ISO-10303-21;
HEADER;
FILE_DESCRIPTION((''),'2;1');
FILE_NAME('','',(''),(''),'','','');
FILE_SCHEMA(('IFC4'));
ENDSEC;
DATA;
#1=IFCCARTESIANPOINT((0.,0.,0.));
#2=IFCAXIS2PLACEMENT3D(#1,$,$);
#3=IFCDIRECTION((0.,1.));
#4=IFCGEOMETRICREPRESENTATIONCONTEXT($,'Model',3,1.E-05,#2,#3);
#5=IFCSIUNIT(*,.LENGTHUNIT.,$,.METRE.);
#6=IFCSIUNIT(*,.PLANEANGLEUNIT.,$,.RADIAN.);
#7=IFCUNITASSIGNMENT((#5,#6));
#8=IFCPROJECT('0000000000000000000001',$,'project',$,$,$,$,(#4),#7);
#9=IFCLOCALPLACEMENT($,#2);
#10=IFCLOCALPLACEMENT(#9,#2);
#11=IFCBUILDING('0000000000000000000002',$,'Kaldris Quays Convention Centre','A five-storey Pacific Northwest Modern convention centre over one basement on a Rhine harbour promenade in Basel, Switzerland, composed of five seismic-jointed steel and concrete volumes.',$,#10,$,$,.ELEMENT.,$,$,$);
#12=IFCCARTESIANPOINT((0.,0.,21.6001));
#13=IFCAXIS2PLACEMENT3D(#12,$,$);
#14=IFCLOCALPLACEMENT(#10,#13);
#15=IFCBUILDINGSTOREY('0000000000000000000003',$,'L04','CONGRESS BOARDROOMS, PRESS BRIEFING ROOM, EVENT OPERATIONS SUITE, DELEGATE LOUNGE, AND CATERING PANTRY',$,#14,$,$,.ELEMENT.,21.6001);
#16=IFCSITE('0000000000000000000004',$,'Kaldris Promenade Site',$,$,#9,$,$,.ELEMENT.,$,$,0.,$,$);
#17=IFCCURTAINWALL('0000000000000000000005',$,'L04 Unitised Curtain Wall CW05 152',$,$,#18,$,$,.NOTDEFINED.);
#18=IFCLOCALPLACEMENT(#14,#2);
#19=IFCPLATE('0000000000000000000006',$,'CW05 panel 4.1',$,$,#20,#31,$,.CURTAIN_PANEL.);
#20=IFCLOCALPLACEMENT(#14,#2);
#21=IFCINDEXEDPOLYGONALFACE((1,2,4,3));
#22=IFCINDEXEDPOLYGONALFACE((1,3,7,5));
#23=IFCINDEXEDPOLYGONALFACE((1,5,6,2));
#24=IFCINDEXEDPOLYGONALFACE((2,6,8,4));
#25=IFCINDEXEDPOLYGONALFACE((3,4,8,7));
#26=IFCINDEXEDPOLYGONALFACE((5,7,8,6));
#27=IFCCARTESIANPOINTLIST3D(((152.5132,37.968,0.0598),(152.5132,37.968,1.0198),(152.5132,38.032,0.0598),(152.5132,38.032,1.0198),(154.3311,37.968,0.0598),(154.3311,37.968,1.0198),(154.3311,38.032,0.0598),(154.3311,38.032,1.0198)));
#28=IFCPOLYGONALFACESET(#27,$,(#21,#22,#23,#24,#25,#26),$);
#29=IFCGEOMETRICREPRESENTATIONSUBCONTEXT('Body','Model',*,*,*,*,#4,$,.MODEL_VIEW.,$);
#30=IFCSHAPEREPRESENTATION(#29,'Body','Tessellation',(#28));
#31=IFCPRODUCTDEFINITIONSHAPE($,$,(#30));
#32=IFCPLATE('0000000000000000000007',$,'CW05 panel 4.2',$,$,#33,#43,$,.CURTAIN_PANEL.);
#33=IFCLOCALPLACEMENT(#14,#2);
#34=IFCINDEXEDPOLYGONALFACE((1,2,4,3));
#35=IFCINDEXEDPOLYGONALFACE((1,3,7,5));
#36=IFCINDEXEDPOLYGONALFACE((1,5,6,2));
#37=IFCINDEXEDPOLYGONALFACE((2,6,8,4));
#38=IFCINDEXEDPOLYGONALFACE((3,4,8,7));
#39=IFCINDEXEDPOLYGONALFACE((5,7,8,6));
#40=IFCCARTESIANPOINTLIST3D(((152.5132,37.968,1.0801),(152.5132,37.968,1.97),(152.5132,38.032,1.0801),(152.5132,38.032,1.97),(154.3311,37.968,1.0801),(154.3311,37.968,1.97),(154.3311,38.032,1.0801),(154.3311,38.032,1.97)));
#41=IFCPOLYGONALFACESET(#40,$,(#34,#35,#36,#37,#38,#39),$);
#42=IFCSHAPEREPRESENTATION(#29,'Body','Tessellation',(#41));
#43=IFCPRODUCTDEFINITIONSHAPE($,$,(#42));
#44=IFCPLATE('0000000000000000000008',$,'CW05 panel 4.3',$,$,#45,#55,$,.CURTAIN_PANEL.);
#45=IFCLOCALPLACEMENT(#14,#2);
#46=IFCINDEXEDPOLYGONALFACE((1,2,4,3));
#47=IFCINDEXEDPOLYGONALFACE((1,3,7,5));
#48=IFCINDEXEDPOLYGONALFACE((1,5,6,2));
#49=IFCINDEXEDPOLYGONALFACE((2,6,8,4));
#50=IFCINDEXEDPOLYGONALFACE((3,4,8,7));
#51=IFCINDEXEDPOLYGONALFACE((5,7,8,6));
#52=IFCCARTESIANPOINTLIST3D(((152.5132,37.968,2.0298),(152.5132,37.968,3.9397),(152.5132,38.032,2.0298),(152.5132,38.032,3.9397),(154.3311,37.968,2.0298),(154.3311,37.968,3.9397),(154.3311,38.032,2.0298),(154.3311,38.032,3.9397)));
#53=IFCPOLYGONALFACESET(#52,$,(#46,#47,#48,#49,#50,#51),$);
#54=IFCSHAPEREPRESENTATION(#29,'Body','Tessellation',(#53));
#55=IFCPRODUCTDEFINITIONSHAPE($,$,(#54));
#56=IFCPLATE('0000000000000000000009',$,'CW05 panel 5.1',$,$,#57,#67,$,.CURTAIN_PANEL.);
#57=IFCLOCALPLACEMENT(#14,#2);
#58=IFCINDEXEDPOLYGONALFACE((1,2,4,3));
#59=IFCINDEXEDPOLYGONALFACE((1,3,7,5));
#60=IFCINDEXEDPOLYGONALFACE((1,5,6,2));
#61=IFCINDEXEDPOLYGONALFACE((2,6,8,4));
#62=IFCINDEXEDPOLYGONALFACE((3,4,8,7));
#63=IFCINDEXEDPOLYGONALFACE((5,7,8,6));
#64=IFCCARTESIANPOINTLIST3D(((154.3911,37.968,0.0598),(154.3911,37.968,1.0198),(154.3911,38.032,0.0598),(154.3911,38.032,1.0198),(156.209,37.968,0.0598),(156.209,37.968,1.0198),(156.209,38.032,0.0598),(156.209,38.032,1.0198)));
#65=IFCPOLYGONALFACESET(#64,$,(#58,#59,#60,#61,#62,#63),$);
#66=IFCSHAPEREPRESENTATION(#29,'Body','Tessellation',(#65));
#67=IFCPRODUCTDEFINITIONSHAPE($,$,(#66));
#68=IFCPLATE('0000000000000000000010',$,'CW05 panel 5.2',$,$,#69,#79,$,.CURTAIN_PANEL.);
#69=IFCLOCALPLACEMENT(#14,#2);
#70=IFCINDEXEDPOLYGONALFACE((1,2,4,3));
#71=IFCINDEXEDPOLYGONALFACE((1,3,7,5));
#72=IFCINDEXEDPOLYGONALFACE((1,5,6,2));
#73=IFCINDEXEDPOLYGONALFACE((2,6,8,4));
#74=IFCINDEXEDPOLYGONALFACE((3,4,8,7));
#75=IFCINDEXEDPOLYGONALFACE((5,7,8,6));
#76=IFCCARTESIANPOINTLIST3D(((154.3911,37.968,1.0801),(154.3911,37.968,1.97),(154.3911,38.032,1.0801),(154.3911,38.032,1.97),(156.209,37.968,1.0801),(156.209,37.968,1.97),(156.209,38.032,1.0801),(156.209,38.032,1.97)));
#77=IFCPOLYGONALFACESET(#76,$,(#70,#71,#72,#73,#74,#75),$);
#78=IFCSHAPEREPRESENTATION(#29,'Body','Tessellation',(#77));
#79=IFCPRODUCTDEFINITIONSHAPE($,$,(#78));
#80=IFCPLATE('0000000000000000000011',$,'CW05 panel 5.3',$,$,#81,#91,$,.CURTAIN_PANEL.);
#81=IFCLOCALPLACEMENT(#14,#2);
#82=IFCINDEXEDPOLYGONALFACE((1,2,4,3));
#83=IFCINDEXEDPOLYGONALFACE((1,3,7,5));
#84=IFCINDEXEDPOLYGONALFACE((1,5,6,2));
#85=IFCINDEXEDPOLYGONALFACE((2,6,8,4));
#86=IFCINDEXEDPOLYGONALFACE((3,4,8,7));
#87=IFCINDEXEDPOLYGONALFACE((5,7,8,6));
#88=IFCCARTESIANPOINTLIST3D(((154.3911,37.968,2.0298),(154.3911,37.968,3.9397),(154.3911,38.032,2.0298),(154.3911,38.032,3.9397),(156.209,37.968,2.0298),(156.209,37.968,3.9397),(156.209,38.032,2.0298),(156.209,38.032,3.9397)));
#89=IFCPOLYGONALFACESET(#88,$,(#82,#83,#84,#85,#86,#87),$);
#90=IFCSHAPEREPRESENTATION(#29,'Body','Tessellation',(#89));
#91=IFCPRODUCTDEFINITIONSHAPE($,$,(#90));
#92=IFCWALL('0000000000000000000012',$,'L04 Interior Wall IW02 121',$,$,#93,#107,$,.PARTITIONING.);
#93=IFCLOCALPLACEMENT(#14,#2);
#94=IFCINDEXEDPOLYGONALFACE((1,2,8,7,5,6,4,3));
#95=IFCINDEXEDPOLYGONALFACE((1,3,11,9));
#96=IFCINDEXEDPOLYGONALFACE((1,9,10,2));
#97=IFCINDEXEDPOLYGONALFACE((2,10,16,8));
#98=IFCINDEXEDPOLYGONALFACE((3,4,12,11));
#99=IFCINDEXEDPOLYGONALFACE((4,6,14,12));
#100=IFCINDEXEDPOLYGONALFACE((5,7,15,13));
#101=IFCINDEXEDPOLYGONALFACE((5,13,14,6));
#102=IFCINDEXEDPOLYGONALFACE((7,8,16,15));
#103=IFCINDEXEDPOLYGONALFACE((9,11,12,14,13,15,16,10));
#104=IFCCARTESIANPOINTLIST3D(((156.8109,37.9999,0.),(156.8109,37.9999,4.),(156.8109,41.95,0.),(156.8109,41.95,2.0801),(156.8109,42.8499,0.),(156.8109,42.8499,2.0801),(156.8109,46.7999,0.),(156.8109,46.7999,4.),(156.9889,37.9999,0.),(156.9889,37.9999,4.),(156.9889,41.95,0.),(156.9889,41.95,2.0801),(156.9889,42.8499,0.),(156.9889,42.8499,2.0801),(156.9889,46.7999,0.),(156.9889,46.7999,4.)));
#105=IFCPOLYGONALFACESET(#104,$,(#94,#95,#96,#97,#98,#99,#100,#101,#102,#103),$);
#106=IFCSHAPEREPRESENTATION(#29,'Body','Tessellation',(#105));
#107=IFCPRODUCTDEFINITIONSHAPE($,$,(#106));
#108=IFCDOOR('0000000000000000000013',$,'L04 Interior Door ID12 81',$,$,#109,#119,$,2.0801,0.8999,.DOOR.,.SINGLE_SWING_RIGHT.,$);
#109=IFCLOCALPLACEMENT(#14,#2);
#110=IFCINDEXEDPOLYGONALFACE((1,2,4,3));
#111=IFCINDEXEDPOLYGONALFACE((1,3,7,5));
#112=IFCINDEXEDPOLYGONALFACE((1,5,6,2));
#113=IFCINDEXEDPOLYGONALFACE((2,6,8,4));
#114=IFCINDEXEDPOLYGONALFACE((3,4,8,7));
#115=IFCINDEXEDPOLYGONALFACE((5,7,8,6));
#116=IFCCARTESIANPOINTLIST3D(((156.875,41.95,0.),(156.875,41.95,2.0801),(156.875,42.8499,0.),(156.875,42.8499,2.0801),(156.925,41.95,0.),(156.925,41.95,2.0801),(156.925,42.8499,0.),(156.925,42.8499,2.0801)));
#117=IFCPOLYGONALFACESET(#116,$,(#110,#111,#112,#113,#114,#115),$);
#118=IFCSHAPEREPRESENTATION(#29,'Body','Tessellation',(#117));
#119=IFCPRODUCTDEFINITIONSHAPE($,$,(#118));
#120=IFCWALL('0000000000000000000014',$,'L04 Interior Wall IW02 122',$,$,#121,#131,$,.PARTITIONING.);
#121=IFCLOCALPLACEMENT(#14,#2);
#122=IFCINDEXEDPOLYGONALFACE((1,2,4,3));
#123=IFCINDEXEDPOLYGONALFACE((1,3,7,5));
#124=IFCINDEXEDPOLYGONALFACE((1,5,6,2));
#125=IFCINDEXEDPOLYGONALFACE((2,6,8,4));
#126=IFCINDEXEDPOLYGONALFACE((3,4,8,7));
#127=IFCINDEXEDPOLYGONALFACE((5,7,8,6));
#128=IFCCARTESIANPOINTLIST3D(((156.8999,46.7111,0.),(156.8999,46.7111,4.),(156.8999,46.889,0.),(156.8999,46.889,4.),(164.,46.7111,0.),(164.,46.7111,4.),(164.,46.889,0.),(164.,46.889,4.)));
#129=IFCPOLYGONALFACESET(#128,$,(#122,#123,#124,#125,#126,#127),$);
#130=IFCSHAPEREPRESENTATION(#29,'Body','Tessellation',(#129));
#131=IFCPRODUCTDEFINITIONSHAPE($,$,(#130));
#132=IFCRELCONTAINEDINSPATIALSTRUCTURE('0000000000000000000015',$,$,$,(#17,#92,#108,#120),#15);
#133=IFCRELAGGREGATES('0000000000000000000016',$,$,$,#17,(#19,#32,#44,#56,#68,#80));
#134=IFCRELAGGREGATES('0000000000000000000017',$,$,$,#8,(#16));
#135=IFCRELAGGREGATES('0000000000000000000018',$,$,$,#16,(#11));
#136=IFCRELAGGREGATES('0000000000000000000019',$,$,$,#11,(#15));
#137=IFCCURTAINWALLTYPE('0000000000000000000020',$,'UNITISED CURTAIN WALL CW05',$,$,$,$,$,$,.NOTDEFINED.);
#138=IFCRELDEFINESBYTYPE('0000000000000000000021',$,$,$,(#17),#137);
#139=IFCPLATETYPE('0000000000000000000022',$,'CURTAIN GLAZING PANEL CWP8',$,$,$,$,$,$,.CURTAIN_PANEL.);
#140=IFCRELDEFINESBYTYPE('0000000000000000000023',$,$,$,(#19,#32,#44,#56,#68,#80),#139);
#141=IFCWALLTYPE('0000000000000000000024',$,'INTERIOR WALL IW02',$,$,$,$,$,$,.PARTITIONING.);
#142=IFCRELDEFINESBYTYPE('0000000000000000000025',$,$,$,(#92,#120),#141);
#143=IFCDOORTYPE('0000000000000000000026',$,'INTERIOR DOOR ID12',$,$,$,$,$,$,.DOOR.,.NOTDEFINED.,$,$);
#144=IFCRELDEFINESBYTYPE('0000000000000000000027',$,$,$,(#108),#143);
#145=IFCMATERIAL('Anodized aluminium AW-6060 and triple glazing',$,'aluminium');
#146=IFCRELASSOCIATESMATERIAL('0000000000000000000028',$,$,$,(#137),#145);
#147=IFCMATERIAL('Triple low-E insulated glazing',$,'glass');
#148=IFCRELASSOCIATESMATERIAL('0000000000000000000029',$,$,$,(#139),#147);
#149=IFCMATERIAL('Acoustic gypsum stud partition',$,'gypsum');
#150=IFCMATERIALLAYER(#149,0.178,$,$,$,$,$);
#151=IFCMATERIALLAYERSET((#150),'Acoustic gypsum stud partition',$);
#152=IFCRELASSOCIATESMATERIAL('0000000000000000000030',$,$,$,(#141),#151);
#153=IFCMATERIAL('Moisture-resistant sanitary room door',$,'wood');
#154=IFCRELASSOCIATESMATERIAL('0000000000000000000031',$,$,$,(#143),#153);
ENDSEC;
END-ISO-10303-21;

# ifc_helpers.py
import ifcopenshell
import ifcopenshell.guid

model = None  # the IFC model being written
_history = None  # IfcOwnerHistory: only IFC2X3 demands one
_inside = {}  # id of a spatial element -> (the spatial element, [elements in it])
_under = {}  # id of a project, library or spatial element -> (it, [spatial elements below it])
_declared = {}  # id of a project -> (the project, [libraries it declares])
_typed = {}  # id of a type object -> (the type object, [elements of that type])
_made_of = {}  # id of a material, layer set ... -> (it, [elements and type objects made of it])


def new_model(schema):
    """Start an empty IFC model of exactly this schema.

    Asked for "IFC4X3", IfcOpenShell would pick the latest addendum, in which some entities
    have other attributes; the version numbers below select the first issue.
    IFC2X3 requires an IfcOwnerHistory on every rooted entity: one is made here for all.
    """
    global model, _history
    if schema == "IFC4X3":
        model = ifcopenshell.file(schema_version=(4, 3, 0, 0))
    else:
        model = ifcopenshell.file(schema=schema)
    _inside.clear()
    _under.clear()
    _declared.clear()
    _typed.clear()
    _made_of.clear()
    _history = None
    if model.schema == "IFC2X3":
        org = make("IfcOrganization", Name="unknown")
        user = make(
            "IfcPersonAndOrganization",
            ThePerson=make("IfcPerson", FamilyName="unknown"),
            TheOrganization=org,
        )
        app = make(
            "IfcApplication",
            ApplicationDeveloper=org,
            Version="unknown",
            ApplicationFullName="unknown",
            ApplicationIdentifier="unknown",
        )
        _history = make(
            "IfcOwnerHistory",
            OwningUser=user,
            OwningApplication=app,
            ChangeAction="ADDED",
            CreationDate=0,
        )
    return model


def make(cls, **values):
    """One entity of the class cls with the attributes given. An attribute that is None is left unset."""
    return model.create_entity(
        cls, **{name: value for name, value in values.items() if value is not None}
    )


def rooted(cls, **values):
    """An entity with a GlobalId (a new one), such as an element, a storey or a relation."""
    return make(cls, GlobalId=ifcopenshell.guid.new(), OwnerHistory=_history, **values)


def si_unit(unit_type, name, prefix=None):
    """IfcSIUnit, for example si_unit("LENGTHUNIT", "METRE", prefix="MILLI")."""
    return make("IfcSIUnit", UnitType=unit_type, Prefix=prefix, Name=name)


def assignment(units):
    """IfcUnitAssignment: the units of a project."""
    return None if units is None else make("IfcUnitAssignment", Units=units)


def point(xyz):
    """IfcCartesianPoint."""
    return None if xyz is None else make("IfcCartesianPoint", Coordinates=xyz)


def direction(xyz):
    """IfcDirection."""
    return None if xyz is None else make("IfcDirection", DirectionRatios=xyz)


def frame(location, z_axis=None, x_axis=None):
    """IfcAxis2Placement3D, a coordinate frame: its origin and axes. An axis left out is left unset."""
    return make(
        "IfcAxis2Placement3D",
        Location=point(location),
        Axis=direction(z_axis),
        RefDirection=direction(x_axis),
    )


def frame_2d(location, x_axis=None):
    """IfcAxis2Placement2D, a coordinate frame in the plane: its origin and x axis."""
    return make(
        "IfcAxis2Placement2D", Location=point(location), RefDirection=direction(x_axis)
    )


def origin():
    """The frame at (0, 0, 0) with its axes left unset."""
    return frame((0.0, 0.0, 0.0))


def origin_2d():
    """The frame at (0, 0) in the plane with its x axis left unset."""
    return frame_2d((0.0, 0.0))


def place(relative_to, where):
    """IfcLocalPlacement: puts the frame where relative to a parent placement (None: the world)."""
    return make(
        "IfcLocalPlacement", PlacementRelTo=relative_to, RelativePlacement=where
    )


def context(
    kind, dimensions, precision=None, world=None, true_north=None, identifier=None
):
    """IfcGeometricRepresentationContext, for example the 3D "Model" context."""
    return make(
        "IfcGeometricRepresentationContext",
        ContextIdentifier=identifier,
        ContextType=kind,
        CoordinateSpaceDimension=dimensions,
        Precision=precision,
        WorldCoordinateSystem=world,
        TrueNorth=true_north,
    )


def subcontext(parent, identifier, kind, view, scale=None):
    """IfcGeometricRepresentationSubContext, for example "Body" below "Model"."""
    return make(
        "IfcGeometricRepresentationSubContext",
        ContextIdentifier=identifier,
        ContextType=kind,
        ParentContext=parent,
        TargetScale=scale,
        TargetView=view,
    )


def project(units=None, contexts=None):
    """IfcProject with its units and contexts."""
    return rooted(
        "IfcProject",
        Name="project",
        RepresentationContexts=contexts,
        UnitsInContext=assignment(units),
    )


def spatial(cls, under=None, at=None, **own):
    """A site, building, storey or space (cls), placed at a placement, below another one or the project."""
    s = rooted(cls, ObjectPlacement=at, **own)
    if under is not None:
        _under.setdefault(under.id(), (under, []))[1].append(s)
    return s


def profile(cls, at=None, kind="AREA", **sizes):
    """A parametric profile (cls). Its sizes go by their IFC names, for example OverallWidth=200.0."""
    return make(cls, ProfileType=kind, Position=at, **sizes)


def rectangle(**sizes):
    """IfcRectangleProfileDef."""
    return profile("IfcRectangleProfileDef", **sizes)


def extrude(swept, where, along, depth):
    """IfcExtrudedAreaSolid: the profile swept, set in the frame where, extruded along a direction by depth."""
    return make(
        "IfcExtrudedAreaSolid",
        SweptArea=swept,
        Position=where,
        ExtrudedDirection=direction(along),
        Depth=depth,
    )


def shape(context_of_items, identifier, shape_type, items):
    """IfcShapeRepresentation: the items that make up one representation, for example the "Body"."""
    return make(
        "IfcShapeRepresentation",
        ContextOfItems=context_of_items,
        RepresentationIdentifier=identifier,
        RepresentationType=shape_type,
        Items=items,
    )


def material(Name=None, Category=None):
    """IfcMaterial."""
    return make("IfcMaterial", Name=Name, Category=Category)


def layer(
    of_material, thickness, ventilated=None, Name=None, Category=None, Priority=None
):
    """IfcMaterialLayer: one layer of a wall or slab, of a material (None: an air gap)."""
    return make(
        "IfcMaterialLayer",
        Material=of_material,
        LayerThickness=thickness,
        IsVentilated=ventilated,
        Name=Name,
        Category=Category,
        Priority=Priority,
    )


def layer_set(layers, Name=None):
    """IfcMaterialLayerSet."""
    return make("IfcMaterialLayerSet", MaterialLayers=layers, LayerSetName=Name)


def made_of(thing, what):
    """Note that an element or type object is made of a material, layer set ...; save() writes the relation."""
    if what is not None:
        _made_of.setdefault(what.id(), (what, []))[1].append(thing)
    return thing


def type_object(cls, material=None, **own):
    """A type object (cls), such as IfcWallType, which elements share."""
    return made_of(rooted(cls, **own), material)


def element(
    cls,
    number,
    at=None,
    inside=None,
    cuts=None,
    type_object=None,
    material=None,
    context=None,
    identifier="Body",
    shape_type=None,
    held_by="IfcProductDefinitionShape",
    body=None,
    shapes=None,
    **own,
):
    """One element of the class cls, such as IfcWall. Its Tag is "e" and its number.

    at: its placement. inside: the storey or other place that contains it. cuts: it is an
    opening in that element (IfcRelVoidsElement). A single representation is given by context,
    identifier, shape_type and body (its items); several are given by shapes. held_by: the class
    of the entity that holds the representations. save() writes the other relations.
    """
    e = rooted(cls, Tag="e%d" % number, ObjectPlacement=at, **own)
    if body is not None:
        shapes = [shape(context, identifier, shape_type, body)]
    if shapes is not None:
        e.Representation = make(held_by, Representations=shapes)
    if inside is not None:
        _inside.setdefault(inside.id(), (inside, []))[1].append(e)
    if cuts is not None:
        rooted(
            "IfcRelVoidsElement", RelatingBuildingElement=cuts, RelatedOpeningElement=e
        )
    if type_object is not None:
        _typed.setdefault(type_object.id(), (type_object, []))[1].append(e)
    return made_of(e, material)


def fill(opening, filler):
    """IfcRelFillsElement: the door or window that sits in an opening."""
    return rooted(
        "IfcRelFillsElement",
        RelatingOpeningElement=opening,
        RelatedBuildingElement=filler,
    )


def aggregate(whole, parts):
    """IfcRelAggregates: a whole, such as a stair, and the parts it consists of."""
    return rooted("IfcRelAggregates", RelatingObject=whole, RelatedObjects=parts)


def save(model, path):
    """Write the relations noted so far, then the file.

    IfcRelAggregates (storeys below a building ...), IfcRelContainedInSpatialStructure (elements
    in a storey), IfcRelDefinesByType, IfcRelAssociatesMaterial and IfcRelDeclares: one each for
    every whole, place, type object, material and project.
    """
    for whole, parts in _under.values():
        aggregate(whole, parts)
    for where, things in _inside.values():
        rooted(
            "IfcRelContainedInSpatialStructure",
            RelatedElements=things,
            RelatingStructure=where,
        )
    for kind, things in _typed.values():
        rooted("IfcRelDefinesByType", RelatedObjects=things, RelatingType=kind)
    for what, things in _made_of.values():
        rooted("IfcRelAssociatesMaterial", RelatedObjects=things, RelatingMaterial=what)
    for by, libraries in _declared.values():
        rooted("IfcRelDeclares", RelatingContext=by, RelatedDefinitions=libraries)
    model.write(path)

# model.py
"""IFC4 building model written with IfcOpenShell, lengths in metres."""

from ifc_helpers import new_model, si_unit, direction, frame, frame_2d, origin, origin_2d, place, context, subcontext, project, spatial, rectangle, extrude, material, layer, layer_set, type_object, element, fill, aggregate, save


model = new_model("IFC4")

# Units and contexts
model_context = context("Model", 3, precision=1e-05, world=origin(), true_north=direction((0.0, 1.0)))
body_context = subcontext(model_context, "Body", "Model", "MODEL_VIEW")
ifc_project = project(units=[si_unit("LENGTHUNIT", "METRE"), si_unit("PLANEANGLEUNIT", "RADIAN")], contexts=[model_context])

# Site, building, storey
site_placement = place(None, origin())
site = spatial("IfcSite", under=ifc_project, at=site_placement, Name="Kaldris Promenade Site", CompositionType="ELEMENT", RefElevation=0.0)
building_placement = place(site_placement, origin())
building = spatial("IfcBuilding", under=site, at=building_placement, Name="Kaldris Quays Convention Centre", Description="A five-storey Pacific Northwest Modern convention centre over one basement on a Rhine harbour promenade in Basel, Switzerland, composed of five seismic-jointed steel and concrete volumes.", CompositionType="ELEMENT")
storey_placement = place(building_placement, frame((0.0, 0.0, 21.6001)))
storey = spatial("IfcBuildingStorey", under=building, at=storey_placement, Name="L04", Description="CONGRESS BOARDROOMS, PRESS BRIEFING ROOM, EVENT OPERATIONS SUITE, DELEGATE LOUNGE, AND CATERING PANTRY", CompositionType="ELEMENT", Elevation=21.6001)

# Curtain wall
ifc_material_1 = material(Name="Anodized aluminium AW-6060 and triple glazing", Category="aluminium")
curtain_wall_type = type_object("IfcCurtainWallType", Name="UNITISED CURTAIN WALL CW05", PredefinedType="NOTDEFINED", material=ifc_material_1)
curtain_wall_placement = place(storey_placement, origin())
curtain_wall = element("IfcCurtainWall", 1, at=curtain_wall_placement, inside=storey, type_object=curtain_wall_type, Name="L04 Unitised Curtain Wall CW05 152", PredefinedType="NOTDEFINED")

# Plates
ifc_material_2 = material(Name="Triple low-E insulated glazing", Category="glass")
plate_type = type_object("IfcPlateType", Name="CURTAIN GLAZING PANEL CWP8", PredefinedType="CURTAIN_PANEL", material=ifc_material_2)
plate_1_placement = place(storey_placement, frame((153.4221, 38.0, 0.0598), z_axis=(0.0, 0.0, 1.0), x_axis=(1.0, 0.0, 0.0)))
plate_1 = element("IfcPlate", 2, at=plate_1_placement, type_object=plate_type, Name="CW05 panel 4.1", PredefinedType="CURTAIN_PANEL", context=body_context, shape_type="SweptSolid", body=[
    extrude(rectangle(XDim=1.8179, YDim=0.064, at=origin_2d()), origin(), (0.0, 0.0, 1.0), 0.96),
])
plate_2_placement = place(storey_placement, frame((153.4221, 38.0, 1.0801), z_axis=(0.0, 0.0, 1.0), x_axis=(1.0, 0.0, 0.0)))
plate_2 = element("IfcPlate", 3, at=plate_2_placement, type_object=plate_type, Name="CW05 panel 4.2", PredefinedType="CURTAIN_PANEL", context=body_context, shape_type="SweptSolid", body=[
    extrude(rectangle(XDim=1.8179, YDim=0.064, at=origin_2d()), origin(), (0.0, 0.0, 1.0), 0.8899),
])
plate_3_placement = place(storey_placement, frame((153.4221, 38.0, 2.0298), z_axis=(0.0, 0.0, 1.0), x_axis=(1.0, 0.0, 0.0)))
plate_3 = element("IfcPlate", 4, at=plate_3_placement, type_object=plate_type, Name="CW05 panel 4.3", PredefinedType="CURTAIN_PANEL", context=body_context, shape_type="SweptSolid", body=[
    extrude(rectangle(XDim=1.8179, YDim=0.064, at=origin_2d()), origin(), (0.0, 0.0, 1.0), 1.9099),
])
plate_4_placement = place(storey_placement, frame((155.3, 38.0, 0.0598), z_axis=(0.0, 0.0, 1.0), x_axis=(1.0, 0.0, 0.0)))
plate_4 = element("IfcPlate", 5, at=plate_4_placement, type_object=plate_type, Name="CW05 panel 5.1", PredefinedType="CURTAIN_PANEL", context=body_context, shape_type="SweptSolid", body=[
    extrude(rectangle(XDim=1.8179, YDim=0.064, at=origin_2d()), origin(), (0.0, 0.0, 1.0), 0.96),
])
plate_5_placement = place(storey_placement, frame((155.3, 38.0, 1.0801), z_axis=(0.0, 0.0, 1.0), x_axis=(1.0, 0.0, 0.0)))
plate_5 = element("IfcPlate", 6, at=plate_5_placement, type_object=plate_type, Name="CW05 panel 5.2", PredefinedType="CURTAIN_PANEL", context=body_context, shape_type="SweptSolid", body=[
    extrude(rectangle(XDim=1.8179, YDim=0.064, at=origin_2d()), origin(), (0.0, 0.0, 1.0), 0.8899),
])
plate_6_placement = place(storey_placement, frame((155.3, 38.0, 2.0298), z_axis=(0.0, 0.0, 1.0), x_axis=(1.0, 0.0, 0.0)))
plate_6 = element("IfcPlate", 7, at=plate_6_placement, type_object=plate_type, Name="CW05 panel 5.3", PredefinedType="CURTAIN_PANEL", context=body_context, shape_type="SweptSolid", body=[
    extrude(rectangle(XDim=1.8179, YDim=0.064, at=origin_2d()), origin(), (0.0, 0.0, 1.0), 1.9099),
])
aggregate(curtain_wall, [plate_1, plate_2, plate_3, plate_4, plate_5, plate_6])

# Wall, opening, door
ifc_material_3 = material(Name="Acoustic gypsum stud partition", Category="gypsum")
ifc_layer = layer(ifc_material_3, 0.178)
ifc_layer_set = layer_set([ifc_layer], Name="Acoustic gypsum stud partition")
wall_type = type_object("IfcWallType", Name="INTERIOR WALL IW02", PredefinedType="PARTITIONING", material=ifc_layer_set)
wall_1_placement = place(storey_placement, frame((156.8999, 38.0, 0.0), z_axis=(0.0, 0.0, 1.0), x_axis=(0.0, 1.0, 0.0)))
wall_1 = element("IfcWall", 8, at=wall_1_placement, inside=storey, type_object=wall_type, Name="L04 Interior Wall IW02 121", PredefinedType="PARTITIONING", context=body_context, shape_type="SweptSolid", body=[
    extrude(rectangle(XDim=8.8, YDim=0.178, at=frame_2d((4.3999, 0.0))), origin(), (0.0, 0.0, 1.0), 4.0),
])
opening_placement = place(wall_1_placement, frame((3.95, 0.0, 0.0)))
opening = element("IfcOpeningElement", 9, at=opening_placement, cuts=wall_1, PredefinedType="OPENING", context=body_context, shape_type="SweptSolid", body=[
    extrude(rectangle(XDim=0.8999, YDim=2.0801, at=frame_2d((0.45, 1.04))), frame((0.0, 0.0991, 0.0), z_axis=(0.0, -1.0, 0.0), x_axis=(1.0, 0.0, 0.0)), (0.0, 0.0, 1.0), 0.198),
])
ifc_material_4 = material(Name="Moisture-resistant sanitary room door", Category="wood")
door_type = type_object("IfcDoorType", Name="INTERIOR DOOR ID12", OperationType="NOTDEFINED", PredefinedType="DOOR", material=ifc_material_4)
door_placement = place(opening_placement, origin())
door = element("IfcDoor", 10, at=door_placement, inside=storey, type_object=door_type, Name="L04 Interior Door ID12 81", OperationType="SINGLE_SWING_RIGHT", OverallHeight=2.0801, OverallWidth=0.8999, PredefinedType="DOOR", context=body_context, shape_type="SweptSolid", body=[
    extrude(rectangle(XDim=0.8999, YDim=2.0801, at=frame_2d((0.45, 1.04))), frame((0.0, 0.0249, 0.0), z_axis=(0.0, -1.0, 0.0), x_axis=(1.0, 0.0, 0.0)), (0.0, 0.0, 1.0), 0.05),
])
fill(opening, door)

# Wall
wall_2_placement = place(storey_placement, frame((156.8999, 46.8, 0.0), z_axis=(0.0, 0.0, 1.0), x_axis=(1.0, 0.0, 0.0)))
element("IfcWall", 11, at=wall_2_placement, inside=storey, type_object=wall_type, Name="L04 Interior Wall IW02 122", PredefinedType="PARTITIONING", context=body_context, shape_type="SweptSolid", body=[
    extrude(rectangle(XDim=7.1001, YDim=0.178, at=frame_2d((3.55, 0.0))), origin(), (0.0, 0.0, 1.0), 4.0),
])

save(model, "model.ifc")
